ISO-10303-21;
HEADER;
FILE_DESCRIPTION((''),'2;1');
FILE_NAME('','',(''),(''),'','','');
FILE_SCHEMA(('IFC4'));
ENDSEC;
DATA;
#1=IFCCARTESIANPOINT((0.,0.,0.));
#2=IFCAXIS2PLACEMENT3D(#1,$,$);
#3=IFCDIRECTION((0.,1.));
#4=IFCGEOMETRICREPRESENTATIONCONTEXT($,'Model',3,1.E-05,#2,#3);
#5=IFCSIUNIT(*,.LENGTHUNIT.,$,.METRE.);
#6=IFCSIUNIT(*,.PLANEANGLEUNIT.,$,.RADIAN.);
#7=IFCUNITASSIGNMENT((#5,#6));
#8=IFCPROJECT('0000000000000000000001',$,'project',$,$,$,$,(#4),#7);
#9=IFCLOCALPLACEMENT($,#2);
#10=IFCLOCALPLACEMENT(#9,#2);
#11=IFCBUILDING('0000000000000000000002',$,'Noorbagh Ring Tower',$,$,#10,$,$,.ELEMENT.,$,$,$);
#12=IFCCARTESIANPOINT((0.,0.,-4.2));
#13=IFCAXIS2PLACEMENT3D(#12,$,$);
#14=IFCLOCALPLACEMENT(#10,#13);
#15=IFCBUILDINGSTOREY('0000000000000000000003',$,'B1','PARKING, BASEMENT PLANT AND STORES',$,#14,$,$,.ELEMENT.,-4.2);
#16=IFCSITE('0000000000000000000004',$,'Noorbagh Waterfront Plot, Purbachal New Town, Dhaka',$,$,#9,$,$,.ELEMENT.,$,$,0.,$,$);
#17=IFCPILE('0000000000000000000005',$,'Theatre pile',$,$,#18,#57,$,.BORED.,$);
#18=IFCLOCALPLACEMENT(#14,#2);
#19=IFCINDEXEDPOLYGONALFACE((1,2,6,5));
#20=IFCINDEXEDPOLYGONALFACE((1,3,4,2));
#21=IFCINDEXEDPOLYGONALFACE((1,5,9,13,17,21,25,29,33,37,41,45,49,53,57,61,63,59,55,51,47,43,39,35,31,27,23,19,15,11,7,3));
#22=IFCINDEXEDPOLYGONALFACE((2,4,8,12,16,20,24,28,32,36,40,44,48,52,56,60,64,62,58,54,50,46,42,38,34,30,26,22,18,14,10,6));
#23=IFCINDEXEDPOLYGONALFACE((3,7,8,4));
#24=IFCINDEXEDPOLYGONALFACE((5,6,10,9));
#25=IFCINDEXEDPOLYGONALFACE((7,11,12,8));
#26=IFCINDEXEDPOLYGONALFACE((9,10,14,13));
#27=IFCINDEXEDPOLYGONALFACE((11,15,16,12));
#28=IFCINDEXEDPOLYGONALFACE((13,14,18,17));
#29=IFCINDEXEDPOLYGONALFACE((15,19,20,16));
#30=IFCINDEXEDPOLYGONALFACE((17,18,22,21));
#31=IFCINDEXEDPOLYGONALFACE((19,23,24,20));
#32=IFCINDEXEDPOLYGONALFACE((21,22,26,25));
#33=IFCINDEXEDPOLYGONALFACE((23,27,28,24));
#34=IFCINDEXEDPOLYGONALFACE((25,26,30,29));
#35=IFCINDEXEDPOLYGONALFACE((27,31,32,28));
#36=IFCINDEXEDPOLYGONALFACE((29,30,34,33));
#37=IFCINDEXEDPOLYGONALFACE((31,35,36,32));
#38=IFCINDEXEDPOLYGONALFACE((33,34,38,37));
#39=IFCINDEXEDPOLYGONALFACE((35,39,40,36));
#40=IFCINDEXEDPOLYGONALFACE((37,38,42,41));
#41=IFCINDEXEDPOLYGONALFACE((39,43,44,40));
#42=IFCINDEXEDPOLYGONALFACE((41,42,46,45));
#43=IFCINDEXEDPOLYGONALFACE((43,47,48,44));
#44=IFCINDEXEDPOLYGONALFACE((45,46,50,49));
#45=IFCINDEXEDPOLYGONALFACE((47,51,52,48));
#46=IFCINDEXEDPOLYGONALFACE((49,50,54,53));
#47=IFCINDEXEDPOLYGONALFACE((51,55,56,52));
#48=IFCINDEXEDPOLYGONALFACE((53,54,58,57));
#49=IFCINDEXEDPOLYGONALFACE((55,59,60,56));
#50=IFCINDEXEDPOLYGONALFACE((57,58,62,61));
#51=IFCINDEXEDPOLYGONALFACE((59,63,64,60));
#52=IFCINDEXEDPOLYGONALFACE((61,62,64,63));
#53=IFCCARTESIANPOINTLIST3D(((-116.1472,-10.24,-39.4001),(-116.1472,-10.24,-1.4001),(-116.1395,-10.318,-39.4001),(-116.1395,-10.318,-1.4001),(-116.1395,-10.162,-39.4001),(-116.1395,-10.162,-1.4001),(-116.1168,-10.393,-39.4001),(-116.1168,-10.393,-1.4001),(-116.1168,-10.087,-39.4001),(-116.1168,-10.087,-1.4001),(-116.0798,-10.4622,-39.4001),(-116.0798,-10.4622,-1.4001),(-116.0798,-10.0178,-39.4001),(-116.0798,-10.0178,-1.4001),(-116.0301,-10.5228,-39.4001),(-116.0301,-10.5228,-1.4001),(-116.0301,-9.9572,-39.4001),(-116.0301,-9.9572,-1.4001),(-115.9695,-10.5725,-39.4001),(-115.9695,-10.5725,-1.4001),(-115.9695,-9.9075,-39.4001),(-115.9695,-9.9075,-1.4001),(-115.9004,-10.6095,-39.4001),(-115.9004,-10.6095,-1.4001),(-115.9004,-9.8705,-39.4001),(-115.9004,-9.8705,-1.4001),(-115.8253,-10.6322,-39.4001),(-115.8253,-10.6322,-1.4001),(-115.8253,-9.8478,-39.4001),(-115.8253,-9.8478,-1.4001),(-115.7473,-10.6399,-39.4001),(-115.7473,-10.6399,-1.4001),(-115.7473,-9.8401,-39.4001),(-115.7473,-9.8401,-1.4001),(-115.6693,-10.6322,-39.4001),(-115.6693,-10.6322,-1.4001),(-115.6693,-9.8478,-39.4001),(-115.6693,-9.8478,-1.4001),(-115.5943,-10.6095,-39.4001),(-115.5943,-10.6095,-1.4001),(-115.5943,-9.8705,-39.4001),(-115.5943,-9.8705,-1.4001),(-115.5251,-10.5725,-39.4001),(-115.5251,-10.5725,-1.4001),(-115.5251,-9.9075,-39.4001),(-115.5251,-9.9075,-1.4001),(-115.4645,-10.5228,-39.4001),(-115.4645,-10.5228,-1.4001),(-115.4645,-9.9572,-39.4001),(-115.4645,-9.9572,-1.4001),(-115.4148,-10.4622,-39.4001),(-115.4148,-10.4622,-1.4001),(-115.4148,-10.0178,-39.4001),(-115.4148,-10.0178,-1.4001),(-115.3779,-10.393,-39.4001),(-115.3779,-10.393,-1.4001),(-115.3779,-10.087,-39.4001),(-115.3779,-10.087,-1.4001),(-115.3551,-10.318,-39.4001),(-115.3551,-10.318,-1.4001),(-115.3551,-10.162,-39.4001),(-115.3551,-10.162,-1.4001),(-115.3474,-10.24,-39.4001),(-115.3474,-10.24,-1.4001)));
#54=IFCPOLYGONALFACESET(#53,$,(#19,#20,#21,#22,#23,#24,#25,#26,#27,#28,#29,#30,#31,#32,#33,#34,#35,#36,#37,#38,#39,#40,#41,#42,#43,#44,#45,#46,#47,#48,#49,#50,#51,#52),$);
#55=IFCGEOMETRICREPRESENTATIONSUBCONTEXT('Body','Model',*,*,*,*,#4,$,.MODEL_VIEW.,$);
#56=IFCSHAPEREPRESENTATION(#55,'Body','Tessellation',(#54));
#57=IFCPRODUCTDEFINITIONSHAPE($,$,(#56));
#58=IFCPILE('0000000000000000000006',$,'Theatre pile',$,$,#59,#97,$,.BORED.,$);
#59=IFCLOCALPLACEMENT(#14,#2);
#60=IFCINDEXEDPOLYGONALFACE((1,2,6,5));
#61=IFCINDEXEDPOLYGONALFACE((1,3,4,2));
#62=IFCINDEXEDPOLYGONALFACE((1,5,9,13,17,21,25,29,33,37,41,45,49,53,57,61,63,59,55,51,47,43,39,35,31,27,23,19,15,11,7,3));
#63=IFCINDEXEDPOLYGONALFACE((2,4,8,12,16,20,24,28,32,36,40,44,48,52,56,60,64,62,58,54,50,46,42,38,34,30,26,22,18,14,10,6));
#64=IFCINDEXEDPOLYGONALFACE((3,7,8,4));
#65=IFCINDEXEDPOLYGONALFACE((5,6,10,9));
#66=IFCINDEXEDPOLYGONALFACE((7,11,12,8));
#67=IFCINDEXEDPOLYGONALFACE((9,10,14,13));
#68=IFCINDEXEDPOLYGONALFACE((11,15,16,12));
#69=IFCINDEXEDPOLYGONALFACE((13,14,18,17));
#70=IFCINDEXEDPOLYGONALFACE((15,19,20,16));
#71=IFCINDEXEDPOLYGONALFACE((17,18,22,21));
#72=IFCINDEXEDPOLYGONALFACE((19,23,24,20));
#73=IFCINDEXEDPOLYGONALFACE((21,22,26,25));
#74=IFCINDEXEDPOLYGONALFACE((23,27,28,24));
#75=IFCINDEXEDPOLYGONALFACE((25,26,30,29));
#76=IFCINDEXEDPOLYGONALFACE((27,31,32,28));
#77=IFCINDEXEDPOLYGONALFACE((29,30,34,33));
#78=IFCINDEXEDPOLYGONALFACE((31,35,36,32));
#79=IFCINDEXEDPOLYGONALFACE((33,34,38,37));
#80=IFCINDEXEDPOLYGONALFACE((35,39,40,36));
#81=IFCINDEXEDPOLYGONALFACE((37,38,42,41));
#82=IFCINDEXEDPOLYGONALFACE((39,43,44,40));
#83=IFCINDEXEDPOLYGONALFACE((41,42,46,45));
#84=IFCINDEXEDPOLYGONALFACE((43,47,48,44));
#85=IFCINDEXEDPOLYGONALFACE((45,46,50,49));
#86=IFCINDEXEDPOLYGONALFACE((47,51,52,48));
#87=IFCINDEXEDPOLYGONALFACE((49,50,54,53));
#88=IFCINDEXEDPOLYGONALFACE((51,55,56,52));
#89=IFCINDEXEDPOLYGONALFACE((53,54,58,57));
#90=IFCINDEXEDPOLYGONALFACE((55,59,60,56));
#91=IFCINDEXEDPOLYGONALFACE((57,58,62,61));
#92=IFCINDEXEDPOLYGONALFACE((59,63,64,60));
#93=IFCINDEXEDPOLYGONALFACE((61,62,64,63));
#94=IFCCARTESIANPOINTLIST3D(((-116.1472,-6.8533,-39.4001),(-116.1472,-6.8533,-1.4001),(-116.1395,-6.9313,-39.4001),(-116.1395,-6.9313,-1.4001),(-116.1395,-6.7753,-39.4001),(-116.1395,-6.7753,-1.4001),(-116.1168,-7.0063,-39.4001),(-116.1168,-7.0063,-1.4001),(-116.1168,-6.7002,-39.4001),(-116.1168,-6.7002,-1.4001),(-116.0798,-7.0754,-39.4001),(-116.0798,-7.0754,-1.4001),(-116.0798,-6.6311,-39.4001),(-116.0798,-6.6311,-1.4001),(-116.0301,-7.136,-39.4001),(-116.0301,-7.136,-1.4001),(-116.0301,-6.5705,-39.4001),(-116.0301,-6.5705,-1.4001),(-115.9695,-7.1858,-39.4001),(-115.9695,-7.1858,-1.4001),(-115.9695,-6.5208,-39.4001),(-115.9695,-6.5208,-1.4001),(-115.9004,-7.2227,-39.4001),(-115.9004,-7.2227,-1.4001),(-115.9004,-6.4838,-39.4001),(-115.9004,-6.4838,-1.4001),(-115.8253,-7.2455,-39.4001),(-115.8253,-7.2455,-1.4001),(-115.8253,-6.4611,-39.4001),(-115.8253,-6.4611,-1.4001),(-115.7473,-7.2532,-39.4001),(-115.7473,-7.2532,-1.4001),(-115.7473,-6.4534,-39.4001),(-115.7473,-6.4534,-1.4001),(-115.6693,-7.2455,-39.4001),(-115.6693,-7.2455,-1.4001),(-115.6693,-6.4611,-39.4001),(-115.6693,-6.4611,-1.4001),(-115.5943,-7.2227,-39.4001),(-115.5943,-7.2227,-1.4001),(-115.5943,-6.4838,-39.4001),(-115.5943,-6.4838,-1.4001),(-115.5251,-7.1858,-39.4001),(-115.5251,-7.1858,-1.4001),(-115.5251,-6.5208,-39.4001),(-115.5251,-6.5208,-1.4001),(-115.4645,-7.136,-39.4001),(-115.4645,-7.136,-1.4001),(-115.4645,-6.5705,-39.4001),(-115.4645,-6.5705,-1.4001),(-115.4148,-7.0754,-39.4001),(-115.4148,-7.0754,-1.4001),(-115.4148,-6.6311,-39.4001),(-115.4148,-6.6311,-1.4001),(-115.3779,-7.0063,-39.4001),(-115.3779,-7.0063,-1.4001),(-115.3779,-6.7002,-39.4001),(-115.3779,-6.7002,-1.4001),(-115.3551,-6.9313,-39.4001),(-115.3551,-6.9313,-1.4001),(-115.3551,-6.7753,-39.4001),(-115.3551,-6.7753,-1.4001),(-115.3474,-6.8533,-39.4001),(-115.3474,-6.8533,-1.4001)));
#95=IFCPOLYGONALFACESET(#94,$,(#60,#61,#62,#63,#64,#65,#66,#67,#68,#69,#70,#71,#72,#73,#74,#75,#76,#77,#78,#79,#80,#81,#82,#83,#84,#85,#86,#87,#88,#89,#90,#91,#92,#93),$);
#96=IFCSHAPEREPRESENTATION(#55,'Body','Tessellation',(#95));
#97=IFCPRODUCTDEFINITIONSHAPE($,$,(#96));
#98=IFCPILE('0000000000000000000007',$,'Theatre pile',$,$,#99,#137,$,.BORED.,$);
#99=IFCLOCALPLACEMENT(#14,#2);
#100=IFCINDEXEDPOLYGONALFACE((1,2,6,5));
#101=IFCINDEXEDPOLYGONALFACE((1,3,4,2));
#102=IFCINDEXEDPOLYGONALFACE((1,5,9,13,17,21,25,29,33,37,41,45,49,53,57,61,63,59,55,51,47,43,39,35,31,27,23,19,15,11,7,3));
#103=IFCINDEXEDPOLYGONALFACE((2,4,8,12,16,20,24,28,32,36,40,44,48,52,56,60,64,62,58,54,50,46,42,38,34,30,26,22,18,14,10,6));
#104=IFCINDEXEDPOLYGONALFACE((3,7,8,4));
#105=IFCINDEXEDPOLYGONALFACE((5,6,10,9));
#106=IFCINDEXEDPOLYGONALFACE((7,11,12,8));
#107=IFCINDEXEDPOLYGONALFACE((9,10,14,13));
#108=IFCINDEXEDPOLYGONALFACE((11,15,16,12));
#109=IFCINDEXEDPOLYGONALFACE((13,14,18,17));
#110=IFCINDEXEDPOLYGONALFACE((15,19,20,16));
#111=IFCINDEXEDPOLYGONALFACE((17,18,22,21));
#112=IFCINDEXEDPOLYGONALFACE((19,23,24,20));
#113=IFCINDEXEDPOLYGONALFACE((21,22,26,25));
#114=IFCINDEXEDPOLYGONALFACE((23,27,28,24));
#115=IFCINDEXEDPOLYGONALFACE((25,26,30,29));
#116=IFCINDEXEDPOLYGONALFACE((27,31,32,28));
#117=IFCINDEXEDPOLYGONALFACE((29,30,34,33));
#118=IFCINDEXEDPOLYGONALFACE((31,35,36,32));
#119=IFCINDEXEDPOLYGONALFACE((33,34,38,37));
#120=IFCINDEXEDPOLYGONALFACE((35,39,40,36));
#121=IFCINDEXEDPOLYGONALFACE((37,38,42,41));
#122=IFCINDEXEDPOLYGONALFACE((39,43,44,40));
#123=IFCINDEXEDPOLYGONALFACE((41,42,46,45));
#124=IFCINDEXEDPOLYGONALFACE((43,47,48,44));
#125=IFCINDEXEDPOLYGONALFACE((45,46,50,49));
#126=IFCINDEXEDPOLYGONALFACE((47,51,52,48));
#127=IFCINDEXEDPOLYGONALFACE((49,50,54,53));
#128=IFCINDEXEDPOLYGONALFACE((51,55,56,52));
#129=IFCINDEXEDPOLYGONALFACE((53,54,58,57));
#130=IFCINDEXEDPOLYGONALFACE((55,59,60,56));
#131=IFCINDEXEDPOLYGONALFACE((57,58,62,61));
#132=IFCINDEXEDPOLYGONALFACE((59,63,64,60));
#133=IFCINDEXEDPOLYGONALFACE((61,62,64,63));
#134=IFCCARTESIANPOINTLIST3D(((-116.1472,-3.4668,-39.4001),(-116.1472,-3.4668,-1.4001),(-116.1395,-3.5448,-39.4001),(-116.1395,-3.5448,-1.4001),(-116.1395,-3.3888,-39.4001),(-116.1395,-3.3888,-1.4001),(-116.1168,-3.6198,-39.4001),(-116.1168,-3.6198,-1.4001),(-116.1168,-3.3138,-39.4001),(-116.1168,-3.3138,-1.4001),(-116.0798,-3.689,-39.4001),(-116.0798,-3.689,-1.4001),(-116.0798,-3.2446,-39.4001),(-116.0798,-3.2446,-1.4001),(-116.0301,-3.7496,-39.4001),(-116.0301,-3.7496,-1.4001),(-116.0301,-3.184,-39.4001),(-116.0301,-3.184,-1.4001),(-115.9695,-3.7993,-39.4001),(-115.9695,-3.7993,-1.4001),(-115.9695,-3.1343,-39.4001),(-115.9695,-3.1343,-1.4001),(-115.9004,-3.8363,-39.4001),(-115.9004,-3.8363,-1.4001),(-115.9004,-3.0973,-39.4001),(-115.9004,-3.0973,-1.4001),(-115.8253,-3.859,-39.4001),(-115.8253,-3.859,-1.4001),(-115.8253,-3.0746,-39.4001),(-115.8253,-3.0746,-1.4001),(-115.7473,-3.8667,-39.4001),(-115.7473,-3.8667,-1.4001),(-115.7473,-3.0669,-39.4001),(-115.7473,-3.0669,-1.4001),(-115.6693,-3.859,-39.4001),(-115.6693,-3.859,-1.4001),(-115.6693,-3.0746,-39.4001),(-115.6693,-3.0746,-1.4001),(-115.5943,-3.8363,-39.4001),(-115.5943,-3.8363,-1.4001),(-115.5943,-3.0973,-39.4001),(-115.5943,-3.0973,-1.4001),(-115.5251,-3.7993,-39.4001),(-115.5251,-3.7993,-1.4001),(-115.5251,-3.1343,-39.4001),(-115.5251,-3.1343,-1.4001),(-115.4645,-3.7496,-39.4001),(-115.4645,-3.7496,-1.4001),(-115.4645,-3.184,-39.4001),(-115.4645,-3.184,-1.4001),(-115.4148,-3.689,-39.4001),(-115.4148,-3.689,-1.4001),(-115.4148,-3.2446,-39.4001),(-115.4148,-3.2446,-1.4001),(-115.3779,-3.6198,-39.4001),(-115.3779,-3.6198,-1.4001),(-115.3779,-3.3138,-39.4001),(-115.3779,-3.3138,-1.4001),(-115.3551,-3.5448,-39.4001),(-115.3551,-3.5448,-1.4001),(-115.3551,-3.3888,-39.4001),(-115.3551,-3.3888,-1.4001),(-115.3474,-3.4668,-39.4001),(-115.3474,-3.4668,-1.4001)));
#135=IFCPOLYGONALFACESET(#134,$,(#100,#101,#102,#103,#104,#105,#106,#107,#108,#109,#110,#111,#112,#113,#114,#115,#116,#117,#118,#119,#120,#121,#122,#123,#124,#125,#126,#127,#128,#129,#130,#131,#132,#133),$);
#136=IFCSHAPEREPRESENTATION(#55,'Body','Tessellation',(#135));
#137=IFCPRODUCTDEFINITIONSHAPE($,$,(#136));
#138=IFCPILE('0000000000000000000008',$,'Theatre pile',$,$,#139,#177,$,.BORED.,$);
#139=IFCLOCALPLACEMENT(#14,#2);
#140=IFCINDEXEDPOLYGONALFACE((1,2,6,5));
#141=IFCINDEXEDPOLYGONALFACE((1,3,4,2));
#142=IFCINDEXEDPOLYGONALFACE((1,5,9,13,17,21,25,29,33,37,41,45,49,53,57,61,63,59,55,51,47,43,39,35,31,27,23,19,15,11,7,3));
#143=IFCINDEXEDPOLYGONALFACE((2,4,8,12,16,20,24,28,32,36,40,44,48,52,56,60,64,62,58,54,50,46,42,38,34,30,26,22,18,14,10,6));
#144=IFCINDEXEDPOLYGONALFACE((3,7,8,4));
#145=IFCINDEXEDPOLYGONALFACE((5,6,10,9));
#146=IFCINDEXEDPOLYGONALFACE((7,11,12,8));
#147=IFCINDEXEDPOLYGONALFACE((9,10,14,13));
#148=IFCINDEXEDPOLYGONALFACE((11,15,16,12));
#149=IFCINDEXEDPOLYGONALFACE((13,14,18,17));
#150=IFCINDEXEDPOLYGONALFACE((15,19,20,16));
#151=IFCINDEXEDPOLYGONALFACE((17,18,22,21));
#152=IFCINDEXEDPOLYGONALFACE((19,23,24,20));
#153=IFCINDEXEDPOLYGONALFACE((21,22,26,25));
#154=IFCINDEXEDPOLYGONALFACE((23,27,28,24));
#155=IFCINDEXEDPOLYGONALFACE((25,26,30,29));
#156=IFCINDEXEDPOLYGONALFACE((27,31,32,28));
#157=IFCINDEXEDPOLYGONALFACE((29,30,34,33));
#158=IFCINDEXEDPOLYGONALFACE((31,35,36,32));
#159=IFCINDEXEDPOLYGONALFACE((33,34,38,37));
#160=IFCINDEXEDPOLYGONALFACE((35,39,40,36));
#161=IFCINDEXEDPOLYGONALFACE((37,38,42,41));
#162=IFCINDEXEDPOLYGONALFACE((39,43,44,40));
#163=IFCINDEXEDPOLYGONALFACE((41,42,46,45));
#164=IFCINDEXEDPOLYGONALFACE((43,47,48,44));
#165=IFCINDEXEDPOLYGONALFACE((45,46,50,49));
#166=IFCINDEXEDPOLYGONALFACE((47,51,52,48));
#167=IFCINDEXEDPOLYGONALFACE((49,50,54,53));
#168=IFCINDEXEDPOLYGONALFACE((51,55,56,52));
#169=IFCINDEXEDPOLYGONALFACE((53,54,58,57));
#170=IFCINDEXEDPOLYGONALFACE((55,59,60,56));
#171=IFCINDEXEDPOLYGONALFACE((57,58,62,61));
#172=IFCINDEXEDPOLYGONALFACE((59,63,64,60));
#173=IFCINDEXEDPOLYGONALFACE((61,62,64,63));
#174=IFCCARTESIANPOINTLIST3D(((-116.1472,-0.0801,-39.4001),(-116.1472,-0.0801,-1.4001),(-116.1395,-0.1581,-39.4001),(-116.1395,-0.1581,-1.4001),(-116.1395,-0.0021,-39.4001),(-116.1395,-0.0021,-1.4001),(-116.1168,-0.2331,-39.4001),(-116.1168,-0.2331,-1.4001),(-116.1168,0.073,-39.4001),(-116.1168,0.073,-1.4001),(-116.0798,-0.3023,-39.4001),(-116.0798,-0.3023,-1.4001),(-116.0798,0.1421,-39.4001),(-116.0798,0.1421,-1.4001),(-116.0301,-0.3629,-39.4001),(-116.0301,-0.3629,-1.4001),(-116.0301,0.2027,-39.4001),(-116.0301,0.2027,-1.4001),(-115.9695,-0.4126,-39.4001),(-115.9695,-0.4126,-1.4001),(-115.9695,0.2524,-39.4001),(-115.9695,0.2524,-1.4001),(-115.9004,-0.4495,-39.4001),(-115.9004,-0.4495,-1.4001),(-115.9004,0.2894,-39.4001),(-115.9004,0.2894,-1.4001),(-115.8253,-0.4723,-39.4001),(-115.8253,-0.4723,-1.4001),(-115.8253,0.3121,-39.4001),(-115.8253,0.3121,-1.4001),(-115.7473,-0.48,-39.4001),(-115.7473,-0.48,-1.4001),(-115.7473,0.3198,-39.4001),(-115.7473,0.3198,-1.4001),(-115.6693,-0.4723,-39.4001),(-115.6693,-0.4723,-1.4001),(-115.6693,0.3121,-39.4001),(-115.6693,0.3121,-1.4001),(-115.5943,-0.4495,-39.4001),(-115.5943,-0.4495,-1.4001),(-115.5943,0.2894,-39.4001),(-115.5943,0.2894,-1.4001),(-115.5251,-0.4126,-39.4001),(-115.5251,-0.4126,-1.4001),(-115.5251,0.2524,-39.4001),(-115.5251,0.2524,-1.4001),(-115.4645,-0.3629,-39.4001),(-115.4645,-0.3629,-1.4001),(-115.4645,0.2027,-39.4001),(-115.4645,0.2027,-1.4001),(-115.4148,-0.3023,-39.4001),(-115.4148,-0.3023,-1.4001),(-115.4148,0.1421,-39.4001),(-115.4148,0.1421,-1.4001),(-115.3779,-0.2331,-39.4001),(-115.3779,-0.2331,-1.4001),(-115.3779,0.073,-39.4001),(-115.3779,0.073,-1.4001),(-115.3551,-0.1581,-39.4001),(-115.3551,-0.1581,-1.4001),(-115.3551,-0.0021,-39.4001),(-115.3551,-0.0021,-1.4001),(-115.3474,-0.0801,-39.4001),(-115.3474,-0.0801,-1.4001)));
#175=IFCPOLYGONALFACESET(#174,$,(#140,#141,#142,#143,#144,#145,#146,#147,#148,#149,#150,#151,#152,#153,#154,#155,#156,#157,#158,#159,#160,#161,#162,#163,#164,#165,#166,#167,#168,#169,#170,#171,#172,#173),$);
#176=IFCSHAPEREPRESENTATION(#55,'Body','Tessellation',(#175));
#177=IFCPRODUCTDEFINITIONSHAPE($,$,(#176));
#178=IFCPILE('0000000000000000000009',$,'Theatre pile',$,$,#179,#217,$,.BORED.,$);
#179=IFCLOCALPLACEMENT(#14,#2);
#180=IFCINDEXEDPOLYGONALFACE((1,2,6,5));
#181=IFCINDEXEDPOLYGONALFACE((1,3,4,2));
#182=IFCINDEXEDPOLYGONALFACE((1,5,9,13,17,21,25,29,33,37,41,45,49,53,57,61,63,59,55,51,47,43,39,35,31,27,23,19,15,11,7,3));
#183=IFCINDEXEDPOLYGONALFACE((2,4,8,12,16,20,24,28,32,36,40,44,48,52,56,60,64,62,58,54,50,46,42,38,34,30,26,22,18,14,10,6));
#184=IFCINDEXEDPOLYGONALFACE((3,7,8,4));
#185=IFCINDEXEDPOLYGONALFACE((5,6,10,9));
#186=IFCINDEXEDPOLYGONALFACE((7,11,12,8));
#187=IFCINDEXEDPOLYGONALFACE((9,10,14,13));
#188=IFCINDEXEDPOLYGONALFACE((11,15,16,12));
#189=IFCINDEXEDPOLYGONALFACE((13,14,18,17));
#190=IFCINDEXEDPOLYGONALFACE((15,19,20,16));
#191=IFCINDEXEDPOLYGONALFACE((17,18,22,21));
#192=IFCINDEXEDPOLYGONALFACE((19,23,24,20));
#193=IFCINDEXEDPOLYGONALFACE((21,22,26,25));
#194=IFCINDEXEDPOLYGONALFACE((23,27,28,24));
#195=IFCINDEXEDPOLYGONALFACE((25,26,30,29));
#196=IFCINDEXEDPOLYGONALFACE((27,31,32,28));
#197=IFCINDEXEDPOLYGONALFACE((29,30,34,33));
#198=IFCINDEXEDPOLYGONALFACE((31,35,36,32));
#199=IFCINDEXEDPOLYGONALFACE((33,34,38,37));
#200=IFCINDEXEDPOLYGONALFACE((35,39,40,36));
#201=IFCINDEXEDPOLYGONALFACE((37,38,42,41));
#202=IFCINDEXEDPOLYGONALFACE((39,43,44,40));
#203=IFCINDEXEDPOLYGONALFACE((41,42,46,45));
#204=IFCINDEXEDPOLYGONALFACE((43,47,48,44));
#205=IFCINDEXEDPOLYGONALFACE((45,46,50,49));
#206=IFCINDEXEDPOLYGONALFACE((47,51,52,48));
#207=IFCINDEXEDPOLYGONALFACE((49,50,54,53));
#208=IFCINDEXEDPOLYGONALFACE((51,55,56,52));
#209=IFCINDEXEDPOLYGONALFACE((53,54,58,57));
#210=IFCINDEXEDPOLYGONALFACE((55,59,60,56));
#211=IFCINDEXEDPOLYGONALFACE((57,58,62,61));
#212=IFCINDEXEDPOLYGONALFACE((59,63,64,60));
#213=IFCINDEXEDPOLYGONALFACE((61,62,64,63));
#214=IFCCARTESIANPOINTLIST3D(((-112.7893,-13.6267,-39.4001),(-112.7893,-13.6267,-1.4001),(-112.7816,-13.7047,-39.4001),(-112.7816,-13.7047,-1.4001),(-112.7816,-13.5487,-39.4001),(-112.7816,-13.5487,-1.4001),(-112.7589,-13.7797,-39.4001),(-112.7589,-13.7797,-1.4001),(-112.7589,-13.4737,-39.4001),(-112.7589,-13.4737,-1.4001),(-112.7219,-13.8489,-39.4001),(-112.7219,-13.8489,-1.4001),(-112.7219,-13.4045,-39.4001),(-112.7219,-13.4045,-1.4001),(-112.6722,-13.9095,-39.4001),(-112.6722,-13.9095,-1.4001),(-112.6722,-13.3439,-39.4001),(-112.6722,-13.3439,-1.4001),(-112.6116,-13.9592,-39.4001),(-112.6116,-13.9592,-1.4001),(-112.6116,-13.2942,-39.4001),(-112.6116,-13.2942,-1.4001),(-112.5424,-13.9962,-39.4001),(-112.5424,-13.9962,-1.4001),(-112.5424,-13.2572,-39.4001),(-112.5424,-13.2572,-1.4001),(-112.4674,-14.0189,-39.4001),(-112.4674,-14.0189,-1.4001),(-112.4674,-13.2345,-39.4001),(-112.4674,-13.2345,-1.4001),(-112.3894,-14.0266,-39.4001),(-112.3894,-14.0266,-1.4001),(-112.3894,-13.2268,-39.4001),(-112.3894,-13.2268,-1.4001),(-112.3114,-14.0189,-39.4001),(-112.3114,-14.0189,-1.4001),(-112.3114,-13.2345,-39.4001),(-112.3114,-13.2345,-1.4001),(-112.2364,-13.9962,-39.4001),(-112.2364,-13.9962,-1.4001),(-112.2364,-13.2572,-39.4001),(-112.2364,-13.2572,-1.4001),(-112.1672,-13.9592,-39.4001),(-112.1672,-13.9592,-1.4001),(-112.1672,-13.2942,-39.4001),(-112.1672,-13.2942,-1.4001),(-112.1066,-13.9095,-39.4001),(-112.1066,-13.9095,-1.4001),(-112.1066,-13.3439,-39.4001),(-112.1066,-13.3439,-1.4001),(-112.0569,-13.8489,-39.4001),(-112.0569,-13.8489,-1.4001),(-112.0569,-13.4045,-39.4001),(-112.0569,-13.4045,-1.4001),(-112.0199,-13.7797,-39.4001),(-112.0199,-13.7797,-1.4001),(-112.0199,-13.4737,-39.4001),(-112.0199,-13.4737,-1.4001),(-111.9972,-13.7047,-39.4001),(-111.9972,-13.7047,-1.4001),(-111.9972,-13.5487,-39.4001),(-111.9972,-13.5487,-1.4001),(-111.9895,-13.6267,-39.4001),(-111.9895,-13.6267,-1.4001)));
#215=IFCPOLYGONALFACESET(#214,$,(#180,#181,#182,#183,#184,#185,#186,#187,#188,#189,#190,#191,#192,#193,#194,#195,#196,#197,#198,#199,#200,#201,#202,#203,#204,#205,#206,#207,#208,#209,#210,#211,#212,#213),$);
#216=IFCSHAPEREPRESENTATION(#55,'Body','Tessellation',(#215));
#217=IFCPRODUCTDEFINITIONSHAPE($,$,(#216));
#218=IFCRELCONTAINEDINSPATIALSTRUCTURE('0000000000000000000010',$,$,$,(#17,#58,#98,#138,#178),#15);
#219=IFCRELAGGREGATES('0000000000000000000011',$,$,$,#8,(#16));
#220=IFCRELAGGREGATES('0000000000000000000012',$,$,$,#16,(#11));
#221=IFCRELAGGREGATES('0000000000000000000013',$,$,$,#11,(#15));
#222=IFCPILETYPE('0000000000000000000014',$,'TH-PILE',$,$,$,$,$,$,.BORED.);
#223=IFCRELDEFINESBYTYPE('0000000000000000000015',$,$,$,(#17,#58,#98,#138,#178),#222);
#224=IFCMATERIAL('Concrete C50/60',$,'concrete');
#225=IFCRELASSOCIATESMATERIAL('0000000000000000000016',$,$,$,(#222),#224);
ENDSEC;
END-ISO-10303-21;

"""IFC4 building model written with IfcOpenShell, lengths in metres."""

from ifc_helpers import new_model, si_unit, direction, frame, origin, origin_2d, place, context, subcontext, project, spatial, circle, extrude, material, material_profile, profile_set, type_object, element, save


model = new_model("IFC4")

# Units and contexts
model_context = context("Model", 3, precision=1e-05, world=origin(), true_north=direction((0.0, 1.0)))
body_context = subcontext(model_context, "Body", "Model", "MODEL_VIEW")
ifc_project = project(units=[si_unit("LENGTHUNIT", "METRE"), si_unit("PLANEANGLEUNIT", "RADIAN")], contexts=[model_context])

# Site, building, storey
site_placement = place(None, origin())
site = spatial("IfcSite", under=ifc_project, at=site_placement, Name="Noorbagh Waterfront Plot, Purbachal New Town, Dhaka", CompositionType="ELEMENT", RefElevation=0.0)
building_placement = place(site_placement, origin())
building = spatial("IfcBuilding", under=site, at=building_placement, Name="Noorbagh Ring Tower", CompositionType="ELEMENT")
storey_placement = place(building_placement, frame((0.0, 0.0, -4.2)))
storey = spatial("IfcBuildingStorey", under=building, at=storey_placement, Name="B1", Description="PARKING, BASEMENT PLANT AND STORES", CompositionType="ELEMENT", Elevation=-4.2)

# Piles
ifc_material_1 = material(Name="Concrete C50/60", Category="concrete")
ifc_material_profile = material_profile(ifc_material_1, circle(Radius=0.3999, at=origin_2d()), Name="PILE800")
ifc_profile_set = profile_set([ifc_material_profile], Name="Concrete C50/60")
pile_type = type_object("IfcPileType", Name="TH-PILE", PredefinedType="BORED", material=ifc_profile_set)
for number, where, z_axis, x_axis, name in (
    (1, (-115.7473, -10.24, -1.4001), (0.0, 0.0, -1.0), (1.0, 0.0, 0.0), "Theatre pile"),
    (2, (-115.7473, -6.8533, -1.4001), (0.0, 0.0, -1.0), (1.0, 0.0, 0.0), "Theatre pile"),
    (3, (-115.7473, -3.4668, -1.4001), (0.0, 0.0, -1.0), (1.0, 0.0, 0.0), "Theatre pile"),
    (4, (-115.7473, -0.0801, -1.4001), (0.0, 0.0, -1.0), (1.0, 0.0, 0.0), "Theatre pile"),
    (5, (-112.3894, -13.6267, -1.4001), (0.0, 0.0, -1.0), (1.0, 0.0, 0.0), "Theatre pile"),
):
    element("IfcPile", number, at=place(storey_placement, frame(where, z_axis=z_axis, x_axis=x_axis)), inside=storey, type_object=pile_type, Name=name, PredefinedType="BORED", context=body_context, shape_type="SweptSolid", body=[
        extrude(circle(Radius=0.3999, at=origin_2d()), origin(), (0.0, 0.0, 1.0), 38.0),
    ])

save(model, "model.ifc")
